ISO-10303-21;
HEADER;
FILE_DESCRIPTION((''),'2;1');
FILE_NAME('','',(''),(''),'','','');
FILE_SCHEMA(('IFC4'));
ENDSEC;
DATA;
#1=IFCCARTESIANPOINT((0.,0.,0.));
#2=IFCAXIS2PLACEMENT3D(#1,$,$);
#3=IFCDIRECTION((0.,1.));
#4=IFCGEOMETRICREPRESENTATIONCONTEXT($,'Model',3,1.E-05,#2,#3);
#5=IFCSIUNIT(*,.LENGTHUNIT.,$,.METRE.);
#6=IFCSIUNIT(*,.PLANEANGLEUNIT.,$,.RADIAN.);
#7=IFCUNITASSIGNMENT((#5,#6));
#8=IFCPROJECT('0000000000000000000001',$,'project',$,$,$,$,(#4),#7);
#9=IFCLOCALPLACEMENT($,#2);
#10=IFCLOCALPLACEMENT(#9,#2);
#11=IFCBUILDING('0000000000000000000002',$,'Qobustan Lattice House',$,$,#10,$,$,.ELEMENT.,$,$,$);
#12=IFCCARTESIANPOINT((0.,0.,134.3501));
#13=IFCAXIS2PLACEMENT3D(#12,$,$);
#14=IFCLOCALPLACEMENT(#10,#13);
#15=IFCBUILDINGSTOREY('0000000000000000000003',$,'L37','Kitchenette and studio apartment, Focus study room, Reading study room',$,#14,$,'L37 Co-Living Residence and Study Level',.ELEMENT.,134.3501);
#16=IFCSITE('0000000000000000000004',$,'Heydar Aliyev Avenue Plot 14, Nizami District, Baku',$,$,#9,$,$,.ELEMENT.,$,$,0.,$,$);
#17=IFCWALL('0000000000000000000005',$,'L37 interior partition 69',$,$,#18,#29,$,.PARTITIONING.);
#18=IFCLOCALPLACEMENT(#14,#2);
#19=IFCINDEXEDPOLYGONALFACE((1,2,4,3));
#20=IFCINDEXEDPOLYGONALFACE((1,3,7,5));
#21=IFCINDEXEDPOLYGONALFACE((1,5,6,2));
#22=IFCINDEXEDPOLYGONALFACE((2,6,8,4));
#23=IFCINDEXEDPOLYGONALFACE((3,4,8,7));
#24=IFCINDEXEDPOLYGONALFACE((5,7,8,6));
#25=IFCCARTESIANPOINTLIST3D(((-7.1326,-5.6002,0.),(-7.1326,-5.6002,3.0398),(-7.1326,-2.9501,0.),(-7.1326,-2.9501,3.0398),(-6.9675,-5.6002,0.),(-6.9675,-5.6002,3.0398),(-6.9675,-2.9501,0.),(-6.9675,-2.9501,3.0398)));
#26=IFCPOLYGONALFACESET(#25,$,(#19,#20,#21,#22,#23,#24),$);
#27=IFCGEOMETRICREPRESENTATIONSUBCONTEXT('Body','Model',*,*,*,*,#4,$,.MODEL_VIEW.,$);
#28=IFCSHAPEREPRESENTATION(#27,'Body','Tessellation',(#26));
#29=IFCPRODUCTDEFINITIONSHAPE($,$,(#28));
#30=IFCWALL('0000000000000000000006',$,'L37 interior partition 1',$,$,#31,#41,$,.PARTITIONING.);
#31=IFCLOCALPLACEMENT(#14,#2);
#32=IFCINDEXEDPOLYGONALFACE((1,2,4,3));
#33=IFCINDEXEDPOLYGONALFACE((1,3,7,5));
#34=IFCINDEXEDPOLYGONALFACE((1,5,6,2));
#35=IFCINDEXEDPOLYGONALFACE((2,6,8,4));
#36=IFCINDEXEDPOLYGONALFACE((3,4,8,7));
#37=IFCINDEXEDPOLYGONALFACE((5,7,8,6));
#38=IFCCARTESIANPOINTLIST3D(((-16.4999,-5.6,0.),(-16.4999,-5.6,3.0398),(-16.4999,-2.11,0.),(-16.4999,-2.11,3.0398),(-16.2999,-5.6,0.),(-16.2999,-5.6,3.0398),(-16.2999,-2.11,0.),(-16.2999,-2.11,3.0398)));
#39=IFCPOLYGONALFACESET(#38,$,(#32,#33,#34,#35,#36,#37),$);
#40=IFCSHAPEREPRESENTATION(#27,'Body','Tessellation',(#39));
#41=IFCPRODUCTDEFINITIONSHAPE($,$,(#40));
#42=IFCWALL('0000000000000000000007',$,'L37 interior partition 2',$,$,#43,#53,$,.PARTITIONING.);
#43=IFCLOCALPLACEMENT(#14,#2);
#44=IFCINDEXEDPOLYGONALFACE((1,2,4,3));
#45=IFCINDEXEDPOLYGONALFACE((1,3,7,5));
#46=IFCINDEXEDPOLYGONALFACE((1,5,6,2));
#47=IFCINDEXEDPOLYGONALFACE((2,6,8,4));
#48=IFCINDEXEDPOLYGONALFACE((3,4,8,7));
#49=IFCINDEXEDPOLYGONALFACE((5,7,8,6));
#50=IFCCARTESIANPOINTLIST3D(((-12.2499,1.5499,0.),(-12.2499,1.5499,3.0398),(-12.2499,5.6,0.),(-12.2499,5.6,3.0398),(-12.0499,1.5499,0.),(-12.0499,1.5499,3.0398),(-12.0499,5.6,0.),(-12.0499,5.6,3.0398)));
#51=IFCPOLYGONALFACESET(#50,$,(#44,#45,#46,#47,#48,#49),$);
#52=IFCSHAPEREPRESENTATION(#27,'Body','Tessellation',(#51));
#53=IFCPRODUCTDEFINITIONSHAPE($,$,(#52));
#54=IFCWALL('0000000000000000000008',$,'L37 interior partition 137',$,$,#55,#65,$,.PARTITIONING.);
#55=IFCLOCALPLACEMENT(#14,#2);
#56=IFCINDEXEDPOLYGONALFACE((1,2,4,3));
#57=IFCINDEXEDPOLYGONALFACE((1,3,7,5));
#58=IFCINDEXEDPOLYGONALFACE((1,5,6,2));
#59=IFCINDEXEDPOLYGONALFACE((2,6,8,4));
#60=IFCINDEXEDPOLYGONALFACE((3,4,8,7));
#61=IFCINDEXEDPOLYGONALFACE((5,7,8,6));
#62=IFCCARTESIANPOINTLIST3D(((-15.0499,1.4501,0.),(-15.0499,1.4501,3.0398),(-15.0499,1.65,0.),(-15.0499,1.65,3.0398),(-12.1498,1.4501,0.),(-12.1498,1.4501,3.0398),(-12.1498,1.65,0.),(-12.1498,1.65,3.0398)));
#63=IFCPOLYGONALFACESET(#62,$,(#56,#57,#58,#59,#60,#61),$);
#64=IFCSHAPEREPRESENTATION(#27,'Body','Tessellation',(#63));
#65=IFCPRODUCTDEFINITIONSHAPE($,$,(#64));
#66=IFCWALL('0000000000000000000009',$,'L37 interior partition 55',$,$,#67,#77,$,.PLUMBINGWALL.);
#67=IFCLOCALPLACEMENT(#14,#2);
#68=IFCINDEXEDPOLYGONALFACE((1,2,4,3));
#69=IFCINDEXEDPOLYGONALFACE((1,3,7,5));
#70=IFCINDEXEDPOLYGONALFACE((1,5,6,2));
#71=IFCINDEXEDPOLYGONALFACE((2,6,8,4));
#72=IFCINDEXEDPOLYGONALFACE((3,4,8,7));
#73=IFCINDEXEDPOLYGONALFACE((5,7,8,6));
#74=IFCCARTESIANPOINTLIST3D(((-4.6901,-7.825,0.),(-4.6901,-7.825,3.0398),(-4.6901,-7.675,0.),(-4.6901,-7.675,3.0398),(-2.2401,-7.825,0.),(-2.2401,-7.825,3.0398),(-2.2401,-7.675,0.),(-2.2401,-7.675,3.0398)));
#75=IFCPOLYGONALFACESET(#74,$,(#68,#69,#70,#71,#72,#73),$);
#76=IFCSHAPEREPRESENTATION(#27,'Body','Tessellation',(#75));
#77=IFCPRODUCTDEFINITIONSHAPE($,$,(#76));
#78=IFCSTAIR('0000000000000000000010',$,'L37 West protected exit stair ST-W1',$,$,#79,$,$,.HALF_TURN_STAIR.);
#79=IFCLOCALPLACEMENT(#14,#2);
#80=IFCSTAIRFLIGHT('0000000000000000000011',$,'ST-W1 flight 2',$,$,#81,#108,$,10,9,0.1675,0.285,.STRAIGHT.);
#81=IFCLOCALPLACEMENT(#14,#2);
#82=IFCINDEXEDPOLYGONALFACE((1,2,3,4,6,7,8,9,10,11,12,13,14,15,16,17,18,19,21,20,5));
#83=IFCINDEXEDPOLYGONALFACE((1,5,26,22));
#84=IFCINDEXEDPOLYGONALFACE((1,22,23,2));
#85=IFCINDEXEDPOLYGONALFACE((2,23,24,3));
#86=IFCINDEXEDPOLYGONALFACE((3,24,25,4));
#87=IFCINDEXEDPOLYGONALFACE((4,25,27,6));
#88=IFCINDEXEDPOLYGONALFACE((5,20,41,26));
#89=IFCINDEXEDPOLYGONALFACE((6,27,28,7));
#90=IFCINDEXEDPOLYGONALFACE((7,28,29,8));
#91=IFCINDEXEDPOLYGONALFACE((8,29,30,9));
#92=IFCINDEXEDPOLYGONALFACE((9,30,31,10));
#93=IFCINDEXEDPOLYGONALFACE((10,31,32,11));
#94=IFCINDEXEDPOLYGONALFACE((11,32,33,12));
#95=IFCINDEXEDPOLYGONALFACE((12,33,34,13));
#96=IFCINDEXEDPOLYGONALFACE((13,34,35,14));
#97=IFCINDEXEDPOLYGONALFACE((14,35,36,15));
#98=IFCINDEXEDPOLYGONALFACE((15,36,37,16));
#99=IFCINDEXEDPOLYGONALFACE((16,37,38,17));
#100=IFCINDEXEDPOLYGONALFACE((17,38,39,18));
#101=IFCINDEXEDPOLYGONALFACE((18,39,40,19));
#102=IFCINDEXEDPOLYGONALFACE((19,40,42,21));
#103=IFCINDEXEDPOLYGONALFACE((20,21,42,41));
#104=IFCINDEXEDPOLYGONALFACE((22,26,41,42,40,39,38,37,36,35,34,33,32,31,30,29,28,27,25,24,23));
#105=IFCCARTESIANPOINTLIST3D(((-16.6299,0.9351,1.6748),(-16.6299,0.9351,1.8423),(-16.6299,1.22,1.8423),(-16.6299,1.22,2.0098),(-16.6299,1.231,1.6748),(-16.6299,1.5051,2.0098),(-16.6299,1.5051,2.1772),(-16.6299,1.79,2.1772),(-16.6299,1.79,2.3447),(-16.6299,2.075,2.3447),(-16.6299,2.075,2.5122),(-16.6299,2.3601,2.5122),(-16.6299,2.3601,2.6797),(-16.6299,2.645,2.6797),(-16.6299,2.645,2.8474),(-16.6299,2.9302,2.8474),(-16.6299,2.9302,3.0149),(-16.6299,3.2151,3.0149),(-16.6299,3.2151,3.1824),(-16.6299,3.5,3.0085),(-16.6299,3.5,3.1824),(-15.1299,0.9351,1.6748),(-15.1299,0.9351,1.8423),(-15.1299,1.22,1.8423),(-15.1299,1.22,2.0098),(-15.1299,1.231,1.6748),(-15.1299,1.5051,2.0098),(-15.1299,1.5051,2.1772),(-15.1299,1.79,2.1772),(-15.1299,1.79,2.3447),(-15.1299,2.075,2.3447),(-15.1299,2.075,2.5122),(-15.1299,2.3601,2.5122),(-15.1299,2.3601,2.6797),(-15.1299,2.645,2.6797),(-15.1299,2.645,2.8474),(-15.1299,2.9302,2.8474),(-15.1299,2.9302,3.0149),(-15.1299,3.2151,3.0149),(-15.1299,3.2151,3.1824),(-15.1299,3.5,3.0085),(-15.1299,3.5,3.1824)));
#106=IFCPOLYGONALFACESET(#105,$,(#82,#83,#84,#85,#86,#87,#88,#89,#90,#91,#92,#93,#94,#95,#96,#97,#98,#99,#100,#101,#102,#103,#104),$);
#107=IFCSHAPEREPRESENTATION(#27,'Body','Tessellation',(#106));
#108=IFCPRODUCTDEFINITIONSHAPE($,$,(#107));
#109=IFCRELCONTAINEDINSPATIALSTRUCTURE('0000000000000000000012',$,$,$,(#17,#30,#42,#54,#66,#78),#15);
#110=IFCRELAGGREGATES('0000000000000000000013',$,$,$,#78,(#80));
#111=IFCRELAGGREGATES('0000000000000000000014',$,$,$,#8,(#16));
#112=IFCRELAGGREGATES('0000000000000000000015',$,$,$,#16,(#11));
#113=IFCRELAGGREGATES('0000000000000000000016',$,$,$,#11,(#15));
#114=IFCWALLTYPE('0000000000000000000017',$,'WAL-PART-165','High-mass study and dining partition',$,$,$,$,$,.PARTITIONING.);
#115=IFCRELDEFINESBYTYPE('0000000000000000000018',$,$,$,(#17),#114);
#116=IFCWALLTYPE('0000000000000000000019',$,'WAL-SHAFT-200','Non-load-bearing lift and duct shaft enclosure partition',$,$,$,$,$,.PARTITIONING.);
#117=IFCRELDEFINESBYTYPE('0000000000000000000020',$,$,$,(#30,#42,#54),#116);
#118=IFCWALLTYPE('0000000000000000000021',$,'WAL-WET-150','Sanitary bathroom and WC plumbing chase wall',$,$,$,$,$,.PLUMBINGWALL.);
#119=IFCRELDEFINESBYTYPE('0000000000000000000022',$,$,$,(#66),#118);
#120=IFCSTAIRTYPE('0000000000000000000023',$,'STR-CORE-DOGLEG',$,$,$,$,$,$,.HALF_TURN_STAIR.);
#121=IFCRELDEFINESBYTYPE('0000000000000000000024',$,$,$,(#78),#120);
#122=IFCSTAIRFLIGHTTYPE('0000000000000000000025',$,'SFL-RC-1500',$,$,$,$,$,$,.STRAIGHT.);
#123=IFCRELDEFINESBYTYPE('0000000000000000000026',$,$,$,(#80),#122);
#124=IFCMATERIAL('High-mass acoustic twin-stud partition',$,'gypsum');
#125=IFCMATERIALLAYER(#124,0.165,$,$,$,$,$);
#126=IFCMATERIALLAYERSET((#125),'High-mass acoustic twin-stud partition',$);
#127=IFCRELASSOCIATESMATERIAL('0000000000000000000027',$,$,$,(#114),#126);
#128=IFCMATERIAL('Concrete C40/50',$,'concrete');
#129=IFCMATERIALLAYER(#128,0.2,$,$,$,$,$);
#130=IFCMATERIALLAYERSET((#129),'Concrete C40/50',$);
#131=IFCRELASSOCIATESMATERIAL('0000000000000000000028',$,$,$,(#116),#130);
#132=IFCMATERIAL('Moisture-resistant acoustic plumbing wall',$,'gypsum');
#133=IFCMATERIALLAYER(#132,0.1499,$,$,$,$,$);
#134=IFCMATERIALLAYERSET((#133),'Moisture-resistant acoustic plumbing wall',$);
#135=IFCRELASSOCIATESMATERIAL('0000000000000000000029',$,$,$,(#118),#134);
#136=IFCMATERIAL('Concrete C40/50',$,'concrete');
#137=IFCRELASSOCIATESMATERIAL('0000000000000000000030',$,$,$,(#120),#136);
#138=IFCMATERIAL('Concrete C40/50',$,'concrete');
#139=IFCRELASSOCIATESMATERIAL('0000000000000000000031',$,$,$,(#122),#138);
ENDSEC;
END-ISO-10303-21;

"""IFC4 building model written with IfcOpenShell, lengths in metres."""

from ifc_helpers import new_model, si_unit, direction, frame, frame_2d, origin, place, context, subcontext, project, spatial, polyline, rectangle, outline, extrude, material, layer, layer_set, type_object, element, aggregate, save


model = new_model("IFC4")

# Units and contexts
model_context = context("Model", 3, precision=1e-05, world=origin(), true_north=direction((0.0, 1.0)))
body_context = subcontext(model_context, "Body", "Model", "MODEL_VIEW")
ifc_project = project(units=[si_unit("LENGTHUNIT", "METRE"), si_unit("PLANEANGLEUNIT", "RADIAN")], contexts=[model_context])

# Site, building, storey
site_placement = place(None, origin())
site = spatial("IfcSite", under=ifc_project, at=site_placement, Name="Heydar Aliyev Avenue Plot 14, Nizami District, Baku", CompositionType="ELEMENT", RefElevation=0.0)
building_placement = place(site_placement, origin())
building = spatial("IfcBuilding", under=site, at=building_placement, Name="Qobustan Lattice House", CompositionType="ELEMENT")
storey_placement = place(building_placement, frame((0.0, 0.0, 134.3501)))
storey = spatial("IfcBuildingStorey", under=building, at=storey_placement, Name="L37", Description="Kitchenette and studio apartment, Focus study room, Reading study room", LongName="L37 Co-Living Residence and Study Level", CompositionType="ELEMENT", Elevation=134.3501)

# Walls
ifc_material_1 = material(Name="High-mass acoustic twin-stud partition", Category="gypsum")
ifc_layer_1 = layer(ifc_material_1, 0.165)
ifc_layer_set_1 = layer_set([ifc_layer_1], Name="High-mass acoustic twin-stud partition")
wall_type_1 = type_object("IfcWallType", Name="WAL-PART-165", Description="High-mass study and dining partition", PredefinedType="PARTITIONING", material=ifc_layer_set_1)
wall_1_placement = place(storey_placement, frame((-7.05, -2.95, 0.0), z_axis=(0.0, 0.0, 1.0), x_axis=(0.0, -1.0, 0.0)))
element("IfcWall", 1, at=wall_1_placement, inside=storey, type_object=wall_type_1, Name="L37 interior partition 69", PredefinedType="PARTITIONING", context=body_context, shape_type="SweptSolid", body=[
    extrude(rectangle(XDim=2.6501, YDim=0.165, at=frame_2d((1.3252, 0.0))), origin(), (0.0, 0.0, 1.0), 3.0398),
])
ifc_material_2 = material(Name="Concrete C40/50", Category="concrete")
ifc_layer_2 = layer(ifc_material_2, 0.2)
ifc_layer_set_2 = layer_set([ifc_layer_2], Name="Concrete C40/50")
wall_type_2 = type_object("IfcWallType", Name="WAL-SHAFT-200", Description="Non-load-bearing lift and duct shaft enclosure partition", PredefinedType="PARTITIONING", material=ifc_layer_set_2)
wall_2_placement = place(storey_placement, frame((-16.3999, -5.6001, 0.0), z_axis=(0.0, 0.0, 1.0), x_axis=(0.0, 1.0, 0.0)))
element("IfcWall", 2, at=wall_2_placement, inside=storey, type_object=wall_type_2, Name="L37 interior partition 1", PredefinedType="PARTITIONING", context=body_context, shape_type="SweptSolid", body=[
    extrude(rectangle(XDim=3.49, YDim=0.2, at=frame_2d((1.7451, 0.0))), origin(), (0.0, 0.0, 1.0), 3.0398),
])
wall_3_placement = place(storey_placement, frame((-12.1499, 1.55, 0.0), z_axis=(0.0, 0.0, 1.0), x_axis=(0.0, 1.0, 0.0)))
element("IfcWall", 3, at=wall_3_placement, inside=storey, type_object=wall_type_2, Name="L37 interior partition 2", PredefinedType="PARTITIONING", context=body_context, shape_type="SweptSolid", body=[
    extrude(rectangle(XDim=4.05, YDim=0.2, at=frame_2d((2.0249, 0.0))), origin(), (0.0, 0.0, 1.0), 3.0398),
])
wall_4_placement = place(storey_placement, frame((-15.05, 1.55, 0.0), z_axis=(0.0, 0.0, 1.0), x_axis=(1.0, 0.0, 0.0)))
element("IfcWall", 4, at=wall_4_placement, inside=storey, type_object=wall_type_2, Name="L37 interior partition 137", PredefinedType="PARTITIONING", context=body_context, shape_type="SweptSolid", body=[
    extrude(rectangle(XDim=2.9001, YDim=0.2, at=frame_2d((1.4502, 0.0))), origin(), (0.0, 0.0, 1.0), 3.0398),
])
ifc_material_3 = material(Name="Moisture-resistant acoustic plumbing wall", Category="gypsum")
ifc_layer_3 = layer(ifc_material_3, 0.1499)
ifc_layer_set_3 = layer_set([ifc_layer_3], Name="Moisture-resistant acoustic plumbing wall")
wall_type_3 = type_object("IfcWallType", Name="WAL-WET-150", Description="Sanitary bathroom and WC plumbing chase wall", PredefinedType="PLUMBINGWALL", material=ifc_layer_set_3)
wall_5_placement = place(storey_placement, frame((-2.24, -7.75, 0.0), z_axis=(0.0, 0.0, 1.0), x_axis=(-1.0, 0.0, 0.0)))
element("IfcWall", 5, at=wall_5_placement, inside=storey, type_object=wall_type_3, Name="L37 interior partition 55", PredefinedType="PLUMBINGWALL", context=body_context, shape_type="SweptSolid", body=[
    extrude(rectangle(XDim=2.45, YDim=0.1499, at=frame_2d((1.2251, 0.0))), origin(), (0.0, 0.0, 1.0), 3.0398),
])

# Stair, stair flight
ifc_material_4 = material(Name="Concrete C40/50", Category="concrete")
stair_type = type_object("IfcStairType", Name="STR-CORE-DOGLEG", PredefinedType="HALF_TURN_STAIR", material=ifc_material_4)
stair_placement = place(storey_placement, origin())
stair = element("IfcStair", 6, at=stair_placement, inside=storey, type_object=stair_type, Name="L37 West protected exit stair ST-W1", PredefinedType="HALF_TURN_STAIR")
ifc_material_5 = material(Name="Concrete C40/50", Category="concrete")
stair_flight_type = type_object("IfcStairFlightType", Name="SFL-RC-1500", PredefinedType="STRAIGHT", material=ifc_material_5)
stair_flight_placement = place(storey_placement, frame((-15.8799, 0.9351, 1.6748), z_axis=(0.0, 0.0, 1.0), x_axis=(0.0, 1.0, 0.0)))
stair_flight = element("IfcStairFlight", 7, at=stair_flight_placement, type_object=stair_flight_type, Name="ST-W1 flight 2", NumberOfRisers=10, NumberOfTreads=9, PredefinedType="STRAIGHT", RiserHeight=0.1675, TreadLength=0.285, context=body_context, shape_type="SweptSolid", body=[
    extrude(outline(polyline([(0.0, 0.0), (0.0, 0.1675), (0.2849, 0.1675), (0.2849, 0.335), (0.5701, 0.335), (0.5701, 0.5024), (0.855, 0.5024), (0.855, 0.6699), (1.1399, 0.6699), (1.1399, 0.8374), (1.425, 0.8374), (1.425, 1.0049), (1.71, 1.0049), (1.71, 1.1726), (1.9951, 1.1726), (1.9951, 1.3401), (2.28, 1.3401), (2.28, 1.5076), (2.5649, 1.5076), (2.5649, 1.675), (2.5649, 1.3337), (0.2959, 0.0), (0.0, 0.0)])), frame((0.0, 0.75, 0.0), z_axis=(0.0, -1.0, 0.0), x_axis=(1.0, 0.0, 0.0)), (0.0, 0.0, 1.0), 1.5),
])
aggregate(stair, [stair_flight])

save(model, "model.ifc")
